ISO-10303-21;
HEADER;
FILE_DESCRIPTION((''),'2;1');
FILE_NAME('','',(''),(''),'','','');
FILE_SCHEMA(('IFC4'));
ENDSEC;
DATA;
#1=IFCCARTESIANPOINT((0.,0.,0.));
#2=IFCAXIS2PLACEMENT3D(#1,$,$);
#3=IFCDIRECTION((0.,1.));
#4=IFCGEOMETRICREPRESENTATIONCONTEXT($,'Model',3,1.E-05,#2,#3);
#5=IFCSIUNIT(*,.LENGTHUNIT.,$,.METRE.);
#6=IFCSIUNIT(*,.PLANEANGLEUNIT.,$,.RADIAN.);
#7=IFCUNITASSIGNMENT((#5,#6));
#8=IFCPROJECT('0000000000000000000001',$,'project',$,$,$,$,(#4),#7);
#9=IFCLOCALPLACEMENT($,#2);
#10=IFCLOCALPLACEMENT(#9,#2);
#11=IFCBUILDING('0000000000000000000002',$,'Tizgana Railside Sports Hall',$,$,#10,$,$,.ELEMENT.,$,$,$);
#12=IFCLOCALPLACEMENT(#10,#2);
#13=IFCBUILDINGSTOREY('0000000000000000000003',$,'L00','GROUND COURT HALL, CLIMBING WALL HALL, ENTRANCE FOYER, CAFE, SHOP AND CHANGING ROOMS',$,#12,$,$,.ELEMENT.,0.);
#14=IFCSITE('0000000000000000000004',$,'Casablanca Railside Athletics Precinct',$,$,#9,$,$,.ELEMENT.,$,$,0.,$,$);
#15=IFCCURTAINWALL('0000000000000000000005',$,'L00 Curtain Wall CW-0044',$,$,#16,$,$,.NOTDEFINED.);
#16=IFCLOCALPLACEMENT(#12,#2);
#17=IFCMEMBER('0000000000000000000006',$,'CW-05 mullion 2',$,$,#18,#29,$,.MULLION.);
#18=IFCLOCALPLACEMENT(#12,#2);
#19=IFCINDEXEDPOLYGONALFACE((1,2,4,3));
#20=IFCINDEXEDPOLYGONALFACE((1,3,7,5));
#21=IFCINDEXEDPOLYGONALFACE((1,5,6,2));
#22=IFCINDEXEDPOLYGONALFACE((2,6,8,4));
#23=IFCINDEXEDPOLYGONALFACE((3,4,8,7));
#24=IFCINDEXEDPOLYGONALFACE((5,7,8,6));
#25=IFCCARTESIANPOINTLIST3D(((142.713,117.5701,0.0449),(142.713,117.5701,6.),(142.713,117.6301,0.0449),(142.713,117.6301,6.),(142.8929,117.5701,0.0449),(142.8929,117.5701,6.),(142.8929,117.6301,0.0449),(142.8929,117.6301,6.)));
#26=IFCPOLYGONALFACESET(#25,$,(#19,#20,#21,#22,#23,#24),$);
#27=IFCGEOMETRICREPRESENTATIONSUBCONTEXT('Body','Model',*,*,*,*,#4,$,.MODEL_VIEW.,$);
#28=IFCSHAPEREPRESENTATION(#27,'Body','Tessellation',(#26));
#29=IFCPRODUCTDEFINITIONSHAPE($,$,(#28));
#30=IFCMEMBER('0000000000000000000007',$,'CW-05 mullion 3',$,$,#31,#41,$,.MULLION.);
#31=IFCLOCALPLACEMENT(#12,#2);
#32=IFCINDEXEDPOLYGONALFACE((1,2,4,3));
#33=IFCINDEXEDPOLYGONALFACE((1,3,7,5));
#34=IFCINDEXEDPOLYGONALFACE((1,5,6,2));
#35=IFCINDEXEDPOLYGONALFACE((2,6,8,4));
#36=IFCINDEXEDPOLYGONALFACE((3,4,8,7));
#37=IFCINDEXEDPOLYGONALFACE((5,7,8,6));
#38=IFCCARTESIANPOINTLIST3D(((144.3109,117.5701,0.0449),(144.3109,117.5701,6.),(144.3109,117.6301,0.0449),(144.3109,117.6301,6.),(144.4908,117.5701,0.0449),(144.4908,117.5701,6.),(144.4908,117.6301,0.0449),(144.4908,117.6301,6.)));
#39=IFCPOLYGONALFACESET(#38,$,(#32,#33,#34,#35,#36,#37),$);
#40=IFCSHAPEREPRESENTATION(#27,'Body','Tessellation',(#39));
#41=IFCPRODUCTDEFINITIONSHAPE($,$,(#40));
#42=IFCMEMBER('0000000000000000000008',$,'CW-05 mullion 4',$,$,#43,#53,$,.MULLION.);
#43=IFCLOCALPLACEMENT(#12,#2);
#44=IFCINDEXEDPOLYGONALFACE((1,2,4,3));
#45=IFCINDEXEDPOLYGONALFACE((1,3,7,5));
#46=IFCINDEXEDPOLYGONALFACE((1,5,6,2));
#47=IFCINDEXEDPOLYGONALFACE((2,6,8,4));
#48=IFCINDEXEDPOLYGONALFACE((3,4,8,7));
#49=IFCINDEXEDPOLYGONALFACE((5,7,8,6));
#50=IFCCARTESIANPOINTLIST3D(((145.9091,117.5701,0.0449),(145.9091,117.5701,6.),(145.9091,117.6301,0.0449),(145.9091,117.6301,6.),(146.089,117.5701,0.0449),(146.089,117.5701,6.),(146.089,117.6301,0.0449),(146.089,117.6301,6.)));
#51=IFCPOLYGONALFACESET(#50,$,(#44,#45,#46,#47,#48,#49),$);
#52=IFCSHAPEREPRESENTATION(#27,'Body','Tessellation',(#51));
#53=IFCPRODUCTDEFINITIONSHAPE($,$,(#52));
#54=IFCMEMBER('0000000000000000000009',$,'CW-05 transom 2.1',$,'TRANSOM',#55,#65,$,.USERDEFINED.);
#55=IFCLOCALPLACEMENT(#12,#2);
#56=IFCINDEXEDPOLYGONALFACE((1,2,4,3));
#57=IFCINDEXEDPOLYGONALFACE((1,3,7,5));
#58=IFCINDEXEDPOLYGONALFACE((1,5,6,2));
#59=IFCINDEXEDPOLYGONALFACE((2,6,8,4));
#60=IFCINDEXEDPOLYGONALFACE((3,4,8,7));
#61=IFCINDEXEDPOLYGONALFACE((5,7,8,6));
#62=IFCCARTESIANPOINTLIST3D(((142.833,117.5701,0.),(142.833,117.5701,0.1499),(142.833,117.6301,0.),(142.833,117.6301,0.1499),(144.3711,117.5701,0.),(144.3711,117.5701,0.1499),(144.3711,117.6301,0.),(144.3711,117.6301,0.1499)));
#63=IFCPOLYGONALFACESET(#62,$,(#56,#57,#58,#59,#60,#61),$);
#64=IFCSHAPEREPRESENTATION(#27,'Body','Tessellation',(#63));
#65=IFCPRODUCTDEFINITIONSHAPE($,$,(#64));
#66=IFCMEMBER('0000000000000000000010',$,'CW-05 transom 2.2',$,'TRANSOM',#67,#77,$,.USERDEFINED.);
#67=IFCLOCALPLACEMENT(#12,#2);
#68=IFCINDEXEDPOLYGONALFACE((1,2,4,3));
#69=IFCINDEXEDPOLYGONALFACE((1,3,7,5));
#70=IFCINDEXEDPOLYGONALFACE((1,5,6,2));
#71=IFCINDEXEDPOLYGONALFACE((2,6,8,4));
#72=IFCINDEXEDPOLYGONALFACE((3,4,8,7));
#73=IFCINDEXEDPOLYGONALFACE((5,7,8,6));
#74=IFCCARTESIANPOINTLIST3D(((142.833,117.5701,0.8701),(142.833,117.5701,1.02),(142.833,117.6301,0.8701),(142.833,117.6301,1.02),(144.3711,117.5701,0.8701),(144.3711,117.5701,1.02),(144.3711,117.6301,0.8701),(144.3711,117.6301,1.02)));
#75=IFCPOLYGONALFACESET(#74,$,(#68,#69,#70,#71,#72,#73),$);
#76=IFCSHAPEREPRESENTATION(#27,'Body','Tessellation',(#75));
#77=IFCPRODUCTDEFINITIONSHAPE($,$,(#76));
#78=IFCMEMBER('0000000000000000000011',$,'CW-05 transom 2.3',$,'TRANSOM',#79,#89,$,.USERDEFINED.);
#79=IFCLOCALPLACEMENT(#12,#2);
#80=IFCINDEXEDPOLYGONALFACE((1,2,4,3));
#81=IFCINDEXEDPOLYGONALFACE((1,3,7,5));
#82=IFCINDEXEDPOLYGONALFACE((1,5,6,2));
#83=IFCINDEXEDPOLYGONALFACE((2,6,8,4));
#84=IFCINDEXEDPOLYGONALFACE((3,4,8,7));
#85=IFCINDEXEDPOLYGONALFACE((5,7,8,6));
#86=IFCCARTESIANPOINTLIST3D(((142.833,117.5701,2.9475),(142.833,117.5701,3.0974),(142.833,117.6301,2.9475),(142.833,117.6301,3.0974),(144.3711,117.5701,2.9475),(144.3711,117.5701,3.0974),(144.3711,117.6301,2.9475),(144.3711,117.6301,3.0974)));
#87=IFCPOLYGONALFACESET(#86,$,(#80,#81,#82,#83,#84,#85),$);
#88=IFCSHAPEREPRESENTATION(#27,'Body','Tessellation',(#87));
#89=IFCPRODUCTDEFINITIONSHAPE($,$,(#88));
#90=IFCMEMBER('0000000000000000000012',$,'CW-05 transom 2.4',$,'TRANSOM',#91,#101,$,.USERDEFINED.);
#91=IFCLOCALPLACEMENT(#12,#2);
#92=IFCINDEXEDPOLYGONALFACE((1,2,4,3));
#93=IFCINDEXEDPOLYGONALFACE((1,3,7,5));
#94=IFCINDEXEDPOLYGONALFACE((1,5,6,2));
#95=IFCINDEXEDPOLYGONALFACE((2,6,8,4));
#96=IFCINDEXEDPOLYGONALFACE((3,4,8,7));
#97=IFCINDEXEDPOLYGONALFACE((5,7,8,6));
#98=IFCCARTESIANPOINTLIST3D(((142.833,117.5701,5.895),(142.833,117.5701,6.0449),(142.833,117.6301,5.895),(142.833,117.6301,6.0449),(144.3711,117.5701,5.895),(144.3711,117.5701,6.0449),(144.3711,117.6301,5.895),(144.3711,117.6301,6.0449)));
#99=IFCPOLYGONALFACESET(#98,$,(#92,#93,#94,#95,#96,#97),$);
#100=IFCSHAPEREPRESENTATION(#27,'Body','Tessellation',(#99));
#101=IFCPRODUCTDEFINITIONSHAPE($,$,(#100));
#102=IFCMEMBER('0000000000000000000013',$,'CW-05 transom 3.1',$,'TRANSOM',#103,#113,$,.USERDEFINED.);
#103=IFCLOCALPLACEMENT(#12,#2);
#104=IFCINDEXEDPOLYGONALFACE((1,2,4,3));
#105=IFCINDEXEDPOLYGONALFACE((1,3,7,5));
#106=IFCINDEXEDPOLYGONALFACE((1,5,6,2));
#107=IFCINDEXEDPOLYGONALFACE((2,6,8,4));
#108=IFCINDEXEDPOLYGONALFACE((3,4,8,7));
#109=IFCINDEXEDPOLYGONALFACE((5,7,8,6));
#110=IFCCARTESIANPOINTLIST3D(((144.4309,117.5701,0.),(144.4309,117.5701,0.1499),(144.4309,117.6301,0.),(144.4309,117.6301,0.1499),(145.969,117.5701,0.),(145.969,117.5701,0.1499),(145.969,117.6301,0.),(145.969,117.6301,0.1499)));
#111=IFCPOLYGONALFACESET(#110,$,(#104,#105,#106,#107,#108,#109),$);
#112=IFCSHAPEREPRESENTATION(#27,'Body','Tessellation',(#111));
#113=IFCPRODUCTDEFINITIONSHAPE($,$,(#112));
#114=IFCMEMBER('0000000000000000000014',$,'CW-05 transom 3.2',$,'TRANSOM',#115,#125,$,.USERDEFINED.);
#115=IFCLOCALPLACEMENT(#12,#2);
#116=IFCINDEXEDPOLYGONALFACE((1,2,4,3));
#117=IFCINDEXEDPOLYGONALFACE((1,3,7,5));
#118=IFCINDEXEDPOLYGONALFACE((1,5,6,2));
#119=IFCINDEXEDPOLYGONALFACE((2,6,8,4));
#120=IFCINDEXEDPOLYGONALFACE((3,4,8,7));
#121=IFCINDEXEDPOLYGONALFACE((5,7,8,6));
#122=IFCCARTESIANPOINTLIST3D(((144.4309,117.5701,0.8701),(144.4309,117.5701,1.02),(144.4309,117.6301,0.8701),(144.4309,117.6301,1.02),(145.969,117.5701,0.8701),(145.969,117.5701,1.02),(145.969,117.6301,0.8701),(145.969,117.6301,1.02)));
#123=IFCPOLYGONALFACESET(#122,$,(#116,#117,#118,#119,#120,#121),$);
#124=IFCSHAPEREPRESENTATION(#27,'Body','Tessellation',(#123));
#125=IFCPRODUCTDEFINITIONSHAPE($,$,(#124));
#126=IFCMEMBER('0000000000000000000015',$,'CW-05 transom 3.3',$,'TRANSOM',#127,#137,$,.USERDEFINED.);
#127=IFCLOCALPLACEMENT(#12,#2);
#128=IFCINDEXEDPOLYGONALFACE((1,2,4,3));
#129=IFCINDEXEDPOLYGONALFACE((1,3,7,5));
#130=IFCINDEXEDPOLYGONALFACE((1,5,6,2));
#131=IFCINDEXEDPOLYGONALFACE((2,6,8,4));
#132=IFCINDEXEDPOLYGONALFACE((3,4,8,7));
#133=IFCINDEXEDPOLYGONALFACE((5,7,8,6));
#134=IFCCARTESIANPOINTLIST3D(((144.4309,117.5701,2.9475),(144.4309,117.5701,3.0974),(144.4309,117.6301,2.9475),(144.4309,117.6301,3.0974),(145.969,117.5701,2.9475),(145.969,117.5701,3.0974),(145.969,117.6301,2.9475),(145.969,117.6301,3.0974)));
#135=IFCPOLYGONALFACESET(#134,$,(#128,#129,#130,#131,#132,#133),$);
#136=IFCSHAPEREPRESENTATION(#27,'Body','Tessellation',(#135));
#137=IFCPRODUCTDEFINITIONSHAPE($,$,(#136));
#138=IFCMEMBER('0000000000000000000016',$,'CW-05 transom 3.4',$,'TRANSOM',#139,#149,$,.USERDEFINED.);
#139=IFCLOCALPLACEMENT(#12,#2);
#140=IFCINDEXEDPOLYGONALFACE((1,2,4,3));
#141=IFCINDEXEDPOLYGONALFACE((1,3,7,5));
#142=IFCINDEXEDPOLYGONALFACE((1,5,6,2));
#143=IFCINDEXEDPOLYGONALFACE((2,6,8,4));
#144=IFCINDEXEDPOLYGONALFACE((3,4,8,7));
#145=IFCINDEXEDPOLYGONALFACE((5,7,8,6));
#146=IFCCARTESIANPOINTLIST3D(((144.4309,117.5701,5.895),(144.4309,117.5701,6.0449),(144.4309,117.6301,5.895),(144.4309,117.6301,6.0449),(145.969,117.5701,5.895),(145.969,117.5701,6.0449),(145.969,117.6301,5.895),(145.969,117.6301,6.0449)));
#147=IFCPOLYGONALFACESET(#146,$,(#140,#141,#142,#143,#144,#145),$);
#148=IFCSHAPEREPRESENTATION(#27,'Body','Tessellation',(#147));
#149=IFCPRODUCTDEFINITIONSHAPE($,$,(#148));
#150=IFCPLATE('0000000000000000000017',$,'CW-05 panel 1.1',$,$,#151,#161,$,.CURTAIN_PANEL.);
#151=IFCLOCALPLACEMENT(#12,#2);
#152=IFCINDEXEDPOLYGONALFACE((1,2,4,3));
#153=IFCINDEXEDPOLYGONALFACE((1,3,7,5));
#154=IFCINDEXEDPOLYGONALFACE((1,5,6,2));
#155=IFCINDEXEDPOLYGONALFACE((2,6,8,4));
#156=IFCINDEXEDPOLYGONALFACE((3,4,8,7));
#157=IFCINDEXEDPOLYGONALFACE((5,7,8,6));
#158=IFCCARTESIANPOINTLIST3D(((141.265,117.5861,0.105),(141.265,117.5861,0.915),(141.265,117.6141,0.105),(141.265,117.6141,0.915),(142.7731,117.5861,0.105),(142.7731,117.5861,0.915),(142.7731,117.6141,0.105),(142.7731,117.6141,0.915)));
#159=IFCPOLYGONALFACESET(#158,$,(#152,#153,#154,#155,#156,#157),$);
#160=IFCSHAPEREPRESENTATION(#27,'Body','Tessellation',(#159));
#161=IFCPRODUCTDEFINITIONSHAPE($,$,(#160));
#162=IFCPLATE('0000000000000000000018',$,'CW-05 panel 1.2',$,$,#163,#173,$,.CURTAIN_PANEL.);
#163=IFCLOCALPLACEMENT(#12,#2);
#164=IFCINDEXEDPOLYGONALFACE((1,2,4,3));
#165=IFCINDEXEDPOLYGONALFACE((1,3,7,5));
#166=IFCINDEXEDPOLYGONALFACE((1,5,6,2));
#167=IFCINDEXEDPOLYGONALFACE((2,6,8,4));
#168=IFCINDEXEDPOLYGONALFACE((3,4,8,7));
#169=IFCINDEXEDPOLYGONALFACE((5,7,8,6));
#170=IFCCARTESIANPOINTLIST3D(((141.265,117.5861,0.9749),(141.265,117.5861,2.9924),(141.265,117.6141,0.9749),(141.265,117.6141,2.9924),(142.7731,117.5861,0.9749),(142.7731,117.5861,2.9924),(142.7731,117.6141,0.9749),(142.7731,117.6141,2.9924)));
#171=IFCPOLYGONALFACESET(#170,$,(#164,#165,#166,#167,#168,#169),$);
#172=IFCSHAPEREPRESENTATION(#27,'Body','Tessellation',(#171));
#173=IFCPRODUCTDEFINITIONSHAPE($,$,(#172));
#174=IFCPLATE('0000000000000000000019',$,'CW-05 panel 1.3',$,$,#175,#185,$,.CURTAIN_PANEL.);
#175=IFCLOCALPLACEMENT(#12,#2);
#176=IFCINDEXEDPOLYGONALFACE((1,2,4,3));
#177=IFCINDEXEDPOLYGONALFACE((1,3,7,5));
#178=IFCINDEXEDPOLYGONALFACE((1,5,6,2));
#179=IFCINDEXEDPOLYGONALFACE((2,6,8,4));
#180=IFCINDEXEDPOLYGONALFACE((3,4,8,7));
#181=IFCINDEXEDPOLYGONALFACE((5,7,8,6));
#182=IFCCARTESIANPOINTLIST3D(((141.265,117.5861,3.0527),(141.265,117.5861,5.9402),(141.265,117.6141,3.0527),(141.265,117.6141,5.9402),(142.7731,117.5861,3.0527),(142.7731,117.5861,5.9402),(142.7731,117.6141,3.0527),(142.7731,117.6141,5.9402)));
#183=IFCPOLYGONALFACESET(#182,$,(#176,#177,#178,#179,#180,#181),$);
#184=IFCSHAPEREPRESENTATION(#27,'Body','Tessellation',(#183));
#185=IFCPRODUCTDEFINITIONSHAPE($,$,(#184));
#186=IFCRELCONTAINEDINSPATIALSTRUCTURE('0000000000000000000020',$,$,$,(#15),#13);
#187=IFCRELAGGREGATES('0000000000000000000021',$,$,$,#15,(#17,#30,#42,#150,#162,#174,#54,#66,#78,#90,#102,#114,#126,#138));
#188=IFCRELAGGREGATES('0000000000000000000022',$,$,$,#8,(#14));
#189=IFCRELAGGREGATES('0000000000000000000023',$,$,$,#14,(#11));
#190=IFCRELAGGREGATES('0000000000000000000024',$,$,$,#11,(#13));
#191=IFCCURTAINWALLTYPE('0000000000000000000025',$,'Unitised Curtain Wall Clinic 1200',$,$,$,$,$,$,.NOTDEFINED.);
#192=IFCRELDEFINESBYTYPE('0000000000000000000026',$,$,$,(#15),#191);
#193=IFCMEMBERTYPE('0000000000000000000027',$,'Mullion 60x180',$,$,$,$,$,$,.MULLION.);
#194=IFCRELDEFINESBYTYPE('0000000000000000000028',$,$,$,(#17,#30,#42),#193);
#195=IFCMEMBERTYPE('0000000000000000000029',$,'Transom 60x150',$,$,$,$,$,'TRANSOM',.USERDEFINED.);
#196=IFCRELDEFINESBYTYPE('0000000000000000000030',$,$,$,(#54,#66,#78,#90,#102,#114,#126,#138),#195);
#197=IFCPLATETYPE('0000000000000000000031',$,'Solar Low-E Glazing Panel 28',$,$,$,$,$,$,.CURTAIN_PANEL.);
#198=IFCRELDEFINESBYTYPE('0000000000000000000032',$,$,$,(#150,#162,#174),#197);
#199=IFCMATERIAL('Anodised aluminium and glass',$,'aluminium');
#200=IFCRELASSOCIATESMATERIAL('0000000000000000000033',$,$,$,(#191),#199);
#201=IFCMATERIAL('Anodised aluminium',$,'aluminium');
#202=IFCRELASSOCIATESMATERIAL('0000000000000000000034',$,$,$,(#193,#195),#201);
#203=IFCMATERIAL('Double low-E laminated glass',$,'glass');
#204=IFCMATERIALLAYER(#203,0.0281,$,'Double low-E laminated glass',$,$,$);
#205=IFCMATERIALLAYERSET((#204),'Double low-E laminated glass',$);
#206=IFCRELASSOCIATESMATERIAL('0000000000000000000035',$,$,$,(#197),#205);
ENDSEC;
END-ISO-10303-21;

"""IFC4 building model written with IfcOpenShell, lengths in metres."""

from ifc_helpers import new_model, si_unit, direction, frame, origin, origin_2d, place, context, subcontext, project, spatial, rectangle, extrude, material, layer, layer_set, material_profile, profile_set, type_object, element, aggregate, save


model = new_model("IFC4")

# Units and contexts
model_context = context("Model", 3, precision=1e-05, world=origin(), true_north=direction((0.0, 1.0)))
body_context = subcontext(model_context, "Body", "Model", "MODEL_VIEW")
ifc_project = project(units=[si_unit("LENGTHUNIT", "METRE"), si_unit("PLANEANGLEUNIT", "RADIAN")], contexts=[model_context])

# Site, building, storey
site_placement = place(None, origin())
site = spatial("IfcSite", under=ifc_project, at=site_placement, Name="Casablanca Railside Athletics Precinct", CompositionType="ELEMENT", RefElevation=0.0)
building_placement = place(site_placement, origin())
building = spatial("IfcBuilding", under=site, at=building_placement, Name="Tizgana Railside Sports Hall", CompositionType="ELEMENT")
storey_placement = place(building_placement, origin())
storey = spatial("IfcBuildingStorey", under=building, at=storey_placement, Name="L00", Description="GROUND COURT HALL, CLIMBING WALL HALL, ENTRANCE FOYER, CAFE, SHOP AND CHANGING ROOMS", CompositionType="ELEMENT", Elevation=0.0)

# Curtain wall, members, plates
ifc_material_1 = material(Name="Anodised aluminium and glass", Category="aluminium")
curtain_wall_type = type_object("IfcCurtainWallType", Name="Unitised Curtain Wall Clinic 1200", PredefinedType="NOTDEFINED", material=ifc_material_1)
curtain_wall_placement = place(storey_placement, origin())
curtain_wall = element("IfcCurtainWall", 1, at=curtain_wall_placement, inside=storey, type_object=curtain_wall_type, Name="L00 Curtain Wall CW-0044", PredefinedType="NOTDEFINED")
ifc_material_2 = material(Name="Anodised aluminium", Category="aluminium")
ifc_material_profile_1 = material_profile(ifc_material_2, rectangle(XDim=0.0601, YDim=0.1799, at=origin_2d()), Name="Mullion 60x180")
ifc_profile_set_1 = profile_set([ifc_material_profile_1], Name="Anodised aluminium")
member_type_1 = type_object("IfcMemberType", Name="Mullion 60x180", PredefinedType="MULLION", material=ifc_profile_set_1)
member_1_placement = place(storey_placement, frame((142.803, 117.6001, 0.0449), z_axis=(0.0, 0.0, 1.0), x_axis=(0.0, 1.0, 0.0)))
member_1 = element("IfcMember", 2, at=member_1_placement, type_object=member_type_1, Name="CW-05 mullion 2", PredefinedType="MULLION", context=body_context, shape_type="SweptSolid", body=[
    extrude(rectangle(XDim=0.0601, YDim=0.1799, at=origin_2d()), origin(), (0.0, 0.0, 1.0), 5.9551),
])
member_2_placement = place(storey_placement, frame((144.4009, 117.6001, 0.0449), z_axis=(0.0, 0.0, 1.0), x_axis=(0.0, 1.0, 0.0)))
member_2 = element("IfcMember", 3, at=member_2_placement, type_object=member_type_1, Name="CW-05 mullion 3", PredefinedType="MULLION", context=body_context, shape_type="SweptSolid", body=[
    extrude(rectangle(XDim=0.0601, YDim=0.1799, at=origin_2d()), origin(), (0.0, 0.0, 1.0), 5.9551),
])
member_3_placement = place(storey_placement, frame((145.999, 117.6001, 0.0449), z_axis=(0.0, 0.0, 1.0), x_axis=(0.0, 1.0, 0.0)))
member_3 = element("IfcMember", 4, at=member_3_placement, type_object=member_type_1, Name="CW-05 mullion 4", PredefinedType="MULLION", context=body_context, shape_type="SweptSolid", body=[
    extrude(rectangle(XDim=0.0601, YDim=0.1799, at=origin_2d()), origin(), (0.0, 0.0, 1.0), 5.9551),
])
ifc_material_profile_2 = material_profile(ifc_material_2, rectangle(XDim=0.0601, YDim=0.1499, at=origin_2d()), Name="Transom 60x150")
ifc_profile_set_2 = profile_set([ifc_material_profile_2], Name="Anodised aluminium")
member_type_2 = type_object("IfcMemberType", Name="Transom 60x150", ElementType="TRANSOM", PredefinedType="USERDEFINED", material=ifc_profile_set_2)
member_4_placement = place(storey_placement, frame((142.833, 117.6001, 0.075), z_axis=(1.0, 0.0, 0.0), x_axis=(0.0, 1.0, 0.0)))
member_4 = element("IfcMember", 5, at=member_4_placement, type_object=member_type_2, Name="CW-05 transom 2.1", ObjectType="TRANSOM", PredefinedType="USERDEFINED", context=body_context, shape_type="SweptSolid", body=[
    extrude(rectangle(XDim=0.0601, YDim=0.1499, at=origin_2d()), origin(), (0.0, 0.0, 1.0), 1.5381),
])
member_5_placement = place(storey_placement, frame((142.833, 117.6001, 0.9451), z_axis=(1.0, 0.0, 0.0), x_axis=(0.0, 1.0, 0.0)))
member_5 = element("IfcMember", 6, at=member_5_placement, type_object=member_type_2, Name="CW-05 transom 2.2", ObjectType="TRANSOM", PredefinedType="USERDEFINED", context=body_context, shape_type="SweptSolid", body=[
    extrude(rectangle(XDim=0.0601, YDim=0.1499, at=origin_2d()), origin(), (0.0, 0.0, 1.0), 1.5381),
])
member_6_placement = place(storey_placement, frame((142.833, 117.6001, 3.0225), z_axis=(1.0, 0.0, 0.0), x_axis=(0.0, 1.0, 0.0)))
member_6 = element("IfcMember", 7, at=member_6_placement, type_object=member_type_2, Name="CW-05 transom 2.3", ObjectType="TRANSOM", PredefinedType="USERDEFINED", context=body_context, shape_type="SweptSolid", body=[
    extrude(rectangle(XDim=0.0601, YDim=0.1499, at=origin_2d()), origin(), (0.0, 0.0, 1.0), 1.5381),
])
member_7_placement = place(storey_placement, frame((142.833, 117.6001, 5.97), z_axis=(1.0, 0.0, 0.0), x_axis=(0.0, 1.0, 0.0)))
member_7 = element("IfcMember", 8, at=member_7_placement, type_object=member_type_2, Name="CW-05 transom 2.4", ObjectType="TRANSOM", PredefinedType="USERDEFINED", context=body_context, shape_type="SweptSolid", body=[
    extrude(rectangle(XDim=0.0601, YDim=0.1499, at=origin_2d()), origin(), (0.0, 0.0, 1.0), 1.5381),
])
member_8_placement = place(storey_placement, frame((144.4309, 117.6001, 0.075), z_axis=(1.0, 0.0, 0.0), x_axis=(0.0, 1.0, 0.0)))
member_8 = element("IfcMember", 9, at=member_8_placement, type_object=member_type_2, Name="CW-05 transom 3.1", ObjectType="TRANSOM", PredefinedType="USERDEFINED", context=body_context, shape_type="SweptSolid", body=[
    extrude(rectangle(XDim=0.0601, YDim=0.1499, at=origin_2d()), origin(), (0.0, 0.0, 1.0), 1.5381),
])
member_9_placement = place(storey_placement, frame((144.4309, 117.6001, 0.9451), z_axis=(1.0, 0.0, 0.0), x_axis=(0.0, 1.0, 0.0)))
member_9 = element("IfcMember", 10, at=member_9_placement, type_object=member_type_2, Name="CW-05 transom 3.2", ObjectType="TRANSOM", PredefinedType="USERDEFINED", context=body_context, shape_type="SweptSolid", body=[
    extrude(rectangle(XDim=0.0601, YDim=0.1499, at=origin_2d()), origin(), (0.0, 0.0, 1.0), 1.5381),
])
member_10_placement = place(storey_placement, frame((144.4309, 117.6001, 3.0225), z_axis=(1.0, 0.0, 0.0), x_axis=(0.0, 1.0, 0.0)))
member_10 = element("IfcMember", 11, at=member_10_placement, type_object=member_type_2, Name="CW-05 transom 3.3", ObjectType="TRANSOM", PredefinedType="USERDEFINED", context=body_context, shape_type="SweptSolid", body=[
    extrude(rectangle(XDim=0.0601, YDim=0.1499, at=origin_2d()), origin(), (0.0, 0.0, 1.0), 1.5381),
])
member_11_placement = place(storey_placement, frame((144.4309, 117.6001, 5.97), z_axis=(1.0, 0.0, 0.0), x_axis=(0.0, 1.0, 0.0)))
member_11 = element("IfcMember", 12, at=member_11_placement, type_object=member_type_2, Name="CW-05 transom 3.4", ObjectType="TRANSOM", PredefinedType="USERDEFINED", context=body_context, shape_type="SweptSolid", body=[
    extrude(rectangle(XDim=0.0601, YDim=0.1499, at=origin_2d()), origin(), (0.0, 0.0, 1.0), 1.5381),
])
ifc_material_3 = material(Name="Double low-E laminated glass", Category="glass")
ifc_layer_1 = layer(ifc_material_3, 0.0281, Name="Double low-E laminated glass")
ifc_layer_set_1 = layer_set([ifc_layer_1], Name="Double low-E laminated glass")
plate_type = type_object("IfcPlateType", Name="Solar Low-E Glazing Panel 28", PredefinedType="CURTAIN_PANEL", material=ifc_layer_set_1)
plate_1_placement = place(storey_placement, frame((142.019, 117.6001, 0.105), z_axis=(0.0, 0.0, 1.0), x_axis=(1.0, 0.0, 0.0)))
plate_1 = element("IfcPlate", 13, at=plate_1_placement, type_object=plate_type, Name="CW-05 panel 1.1", PredefinedType="CURTAIN_PANEL", context=body_context, shape_type="SweptSolid", body=[
    extrude(rectangle(XDim=1.5081, YDim=0.0281, at=origin_2d()), origin(), (0.0, 0.0, 1.0), 0.8101),
])
plate_2_placement = place(storey_placement, frame((142.019, 117.6001, 0.9749), z_axis=(0.0, 0.0, 1.0), x_axis=(1.0, 0.0, 0.0)))
plate_2 = element("IfcPlate", 14, at=plate_2_placement, type_object=plate_type, Name="CW-05 panel 1.2", PredefinedType="CURTAIN_PANEL", context=body_context, shape_type="SweptSolid", body=[
    extrude(rectangle(XDim=1.5081, YDim=0.0281, at=origin_2d()), origin(), (0.0, 0.0, 1.0), 2.0176),
])
plate_3_placement = place(storey_placement, frame((142.019, 117.6001, 3.0527), z_axis=(0.0, 0.0, 1.0), x_axis=(1.0, 0.0, 0.0)))
plate_3 = element("IfcPlate", 15, at=plate_3_placement, type_object=plate_type, Name="CW-05 panel 1.3", PredefinedType="CURTAIN_PANEL", context=body_context, shape_type="SweptSolid", body=[
    extrude(rectangle(XDim=1.5081, YDim=0.0281, at=origin_2d()), origin(), (0.0, 0.0, 1.0), 2.8875),
])
aggregate(curtain_wall, [member_1, member_2, member_3, plate_1, plate_2, plate_3, member_4, member_5, member_6, member_7, member_8, member_9, member_10, member_11])

save(model, "model.ifc")
